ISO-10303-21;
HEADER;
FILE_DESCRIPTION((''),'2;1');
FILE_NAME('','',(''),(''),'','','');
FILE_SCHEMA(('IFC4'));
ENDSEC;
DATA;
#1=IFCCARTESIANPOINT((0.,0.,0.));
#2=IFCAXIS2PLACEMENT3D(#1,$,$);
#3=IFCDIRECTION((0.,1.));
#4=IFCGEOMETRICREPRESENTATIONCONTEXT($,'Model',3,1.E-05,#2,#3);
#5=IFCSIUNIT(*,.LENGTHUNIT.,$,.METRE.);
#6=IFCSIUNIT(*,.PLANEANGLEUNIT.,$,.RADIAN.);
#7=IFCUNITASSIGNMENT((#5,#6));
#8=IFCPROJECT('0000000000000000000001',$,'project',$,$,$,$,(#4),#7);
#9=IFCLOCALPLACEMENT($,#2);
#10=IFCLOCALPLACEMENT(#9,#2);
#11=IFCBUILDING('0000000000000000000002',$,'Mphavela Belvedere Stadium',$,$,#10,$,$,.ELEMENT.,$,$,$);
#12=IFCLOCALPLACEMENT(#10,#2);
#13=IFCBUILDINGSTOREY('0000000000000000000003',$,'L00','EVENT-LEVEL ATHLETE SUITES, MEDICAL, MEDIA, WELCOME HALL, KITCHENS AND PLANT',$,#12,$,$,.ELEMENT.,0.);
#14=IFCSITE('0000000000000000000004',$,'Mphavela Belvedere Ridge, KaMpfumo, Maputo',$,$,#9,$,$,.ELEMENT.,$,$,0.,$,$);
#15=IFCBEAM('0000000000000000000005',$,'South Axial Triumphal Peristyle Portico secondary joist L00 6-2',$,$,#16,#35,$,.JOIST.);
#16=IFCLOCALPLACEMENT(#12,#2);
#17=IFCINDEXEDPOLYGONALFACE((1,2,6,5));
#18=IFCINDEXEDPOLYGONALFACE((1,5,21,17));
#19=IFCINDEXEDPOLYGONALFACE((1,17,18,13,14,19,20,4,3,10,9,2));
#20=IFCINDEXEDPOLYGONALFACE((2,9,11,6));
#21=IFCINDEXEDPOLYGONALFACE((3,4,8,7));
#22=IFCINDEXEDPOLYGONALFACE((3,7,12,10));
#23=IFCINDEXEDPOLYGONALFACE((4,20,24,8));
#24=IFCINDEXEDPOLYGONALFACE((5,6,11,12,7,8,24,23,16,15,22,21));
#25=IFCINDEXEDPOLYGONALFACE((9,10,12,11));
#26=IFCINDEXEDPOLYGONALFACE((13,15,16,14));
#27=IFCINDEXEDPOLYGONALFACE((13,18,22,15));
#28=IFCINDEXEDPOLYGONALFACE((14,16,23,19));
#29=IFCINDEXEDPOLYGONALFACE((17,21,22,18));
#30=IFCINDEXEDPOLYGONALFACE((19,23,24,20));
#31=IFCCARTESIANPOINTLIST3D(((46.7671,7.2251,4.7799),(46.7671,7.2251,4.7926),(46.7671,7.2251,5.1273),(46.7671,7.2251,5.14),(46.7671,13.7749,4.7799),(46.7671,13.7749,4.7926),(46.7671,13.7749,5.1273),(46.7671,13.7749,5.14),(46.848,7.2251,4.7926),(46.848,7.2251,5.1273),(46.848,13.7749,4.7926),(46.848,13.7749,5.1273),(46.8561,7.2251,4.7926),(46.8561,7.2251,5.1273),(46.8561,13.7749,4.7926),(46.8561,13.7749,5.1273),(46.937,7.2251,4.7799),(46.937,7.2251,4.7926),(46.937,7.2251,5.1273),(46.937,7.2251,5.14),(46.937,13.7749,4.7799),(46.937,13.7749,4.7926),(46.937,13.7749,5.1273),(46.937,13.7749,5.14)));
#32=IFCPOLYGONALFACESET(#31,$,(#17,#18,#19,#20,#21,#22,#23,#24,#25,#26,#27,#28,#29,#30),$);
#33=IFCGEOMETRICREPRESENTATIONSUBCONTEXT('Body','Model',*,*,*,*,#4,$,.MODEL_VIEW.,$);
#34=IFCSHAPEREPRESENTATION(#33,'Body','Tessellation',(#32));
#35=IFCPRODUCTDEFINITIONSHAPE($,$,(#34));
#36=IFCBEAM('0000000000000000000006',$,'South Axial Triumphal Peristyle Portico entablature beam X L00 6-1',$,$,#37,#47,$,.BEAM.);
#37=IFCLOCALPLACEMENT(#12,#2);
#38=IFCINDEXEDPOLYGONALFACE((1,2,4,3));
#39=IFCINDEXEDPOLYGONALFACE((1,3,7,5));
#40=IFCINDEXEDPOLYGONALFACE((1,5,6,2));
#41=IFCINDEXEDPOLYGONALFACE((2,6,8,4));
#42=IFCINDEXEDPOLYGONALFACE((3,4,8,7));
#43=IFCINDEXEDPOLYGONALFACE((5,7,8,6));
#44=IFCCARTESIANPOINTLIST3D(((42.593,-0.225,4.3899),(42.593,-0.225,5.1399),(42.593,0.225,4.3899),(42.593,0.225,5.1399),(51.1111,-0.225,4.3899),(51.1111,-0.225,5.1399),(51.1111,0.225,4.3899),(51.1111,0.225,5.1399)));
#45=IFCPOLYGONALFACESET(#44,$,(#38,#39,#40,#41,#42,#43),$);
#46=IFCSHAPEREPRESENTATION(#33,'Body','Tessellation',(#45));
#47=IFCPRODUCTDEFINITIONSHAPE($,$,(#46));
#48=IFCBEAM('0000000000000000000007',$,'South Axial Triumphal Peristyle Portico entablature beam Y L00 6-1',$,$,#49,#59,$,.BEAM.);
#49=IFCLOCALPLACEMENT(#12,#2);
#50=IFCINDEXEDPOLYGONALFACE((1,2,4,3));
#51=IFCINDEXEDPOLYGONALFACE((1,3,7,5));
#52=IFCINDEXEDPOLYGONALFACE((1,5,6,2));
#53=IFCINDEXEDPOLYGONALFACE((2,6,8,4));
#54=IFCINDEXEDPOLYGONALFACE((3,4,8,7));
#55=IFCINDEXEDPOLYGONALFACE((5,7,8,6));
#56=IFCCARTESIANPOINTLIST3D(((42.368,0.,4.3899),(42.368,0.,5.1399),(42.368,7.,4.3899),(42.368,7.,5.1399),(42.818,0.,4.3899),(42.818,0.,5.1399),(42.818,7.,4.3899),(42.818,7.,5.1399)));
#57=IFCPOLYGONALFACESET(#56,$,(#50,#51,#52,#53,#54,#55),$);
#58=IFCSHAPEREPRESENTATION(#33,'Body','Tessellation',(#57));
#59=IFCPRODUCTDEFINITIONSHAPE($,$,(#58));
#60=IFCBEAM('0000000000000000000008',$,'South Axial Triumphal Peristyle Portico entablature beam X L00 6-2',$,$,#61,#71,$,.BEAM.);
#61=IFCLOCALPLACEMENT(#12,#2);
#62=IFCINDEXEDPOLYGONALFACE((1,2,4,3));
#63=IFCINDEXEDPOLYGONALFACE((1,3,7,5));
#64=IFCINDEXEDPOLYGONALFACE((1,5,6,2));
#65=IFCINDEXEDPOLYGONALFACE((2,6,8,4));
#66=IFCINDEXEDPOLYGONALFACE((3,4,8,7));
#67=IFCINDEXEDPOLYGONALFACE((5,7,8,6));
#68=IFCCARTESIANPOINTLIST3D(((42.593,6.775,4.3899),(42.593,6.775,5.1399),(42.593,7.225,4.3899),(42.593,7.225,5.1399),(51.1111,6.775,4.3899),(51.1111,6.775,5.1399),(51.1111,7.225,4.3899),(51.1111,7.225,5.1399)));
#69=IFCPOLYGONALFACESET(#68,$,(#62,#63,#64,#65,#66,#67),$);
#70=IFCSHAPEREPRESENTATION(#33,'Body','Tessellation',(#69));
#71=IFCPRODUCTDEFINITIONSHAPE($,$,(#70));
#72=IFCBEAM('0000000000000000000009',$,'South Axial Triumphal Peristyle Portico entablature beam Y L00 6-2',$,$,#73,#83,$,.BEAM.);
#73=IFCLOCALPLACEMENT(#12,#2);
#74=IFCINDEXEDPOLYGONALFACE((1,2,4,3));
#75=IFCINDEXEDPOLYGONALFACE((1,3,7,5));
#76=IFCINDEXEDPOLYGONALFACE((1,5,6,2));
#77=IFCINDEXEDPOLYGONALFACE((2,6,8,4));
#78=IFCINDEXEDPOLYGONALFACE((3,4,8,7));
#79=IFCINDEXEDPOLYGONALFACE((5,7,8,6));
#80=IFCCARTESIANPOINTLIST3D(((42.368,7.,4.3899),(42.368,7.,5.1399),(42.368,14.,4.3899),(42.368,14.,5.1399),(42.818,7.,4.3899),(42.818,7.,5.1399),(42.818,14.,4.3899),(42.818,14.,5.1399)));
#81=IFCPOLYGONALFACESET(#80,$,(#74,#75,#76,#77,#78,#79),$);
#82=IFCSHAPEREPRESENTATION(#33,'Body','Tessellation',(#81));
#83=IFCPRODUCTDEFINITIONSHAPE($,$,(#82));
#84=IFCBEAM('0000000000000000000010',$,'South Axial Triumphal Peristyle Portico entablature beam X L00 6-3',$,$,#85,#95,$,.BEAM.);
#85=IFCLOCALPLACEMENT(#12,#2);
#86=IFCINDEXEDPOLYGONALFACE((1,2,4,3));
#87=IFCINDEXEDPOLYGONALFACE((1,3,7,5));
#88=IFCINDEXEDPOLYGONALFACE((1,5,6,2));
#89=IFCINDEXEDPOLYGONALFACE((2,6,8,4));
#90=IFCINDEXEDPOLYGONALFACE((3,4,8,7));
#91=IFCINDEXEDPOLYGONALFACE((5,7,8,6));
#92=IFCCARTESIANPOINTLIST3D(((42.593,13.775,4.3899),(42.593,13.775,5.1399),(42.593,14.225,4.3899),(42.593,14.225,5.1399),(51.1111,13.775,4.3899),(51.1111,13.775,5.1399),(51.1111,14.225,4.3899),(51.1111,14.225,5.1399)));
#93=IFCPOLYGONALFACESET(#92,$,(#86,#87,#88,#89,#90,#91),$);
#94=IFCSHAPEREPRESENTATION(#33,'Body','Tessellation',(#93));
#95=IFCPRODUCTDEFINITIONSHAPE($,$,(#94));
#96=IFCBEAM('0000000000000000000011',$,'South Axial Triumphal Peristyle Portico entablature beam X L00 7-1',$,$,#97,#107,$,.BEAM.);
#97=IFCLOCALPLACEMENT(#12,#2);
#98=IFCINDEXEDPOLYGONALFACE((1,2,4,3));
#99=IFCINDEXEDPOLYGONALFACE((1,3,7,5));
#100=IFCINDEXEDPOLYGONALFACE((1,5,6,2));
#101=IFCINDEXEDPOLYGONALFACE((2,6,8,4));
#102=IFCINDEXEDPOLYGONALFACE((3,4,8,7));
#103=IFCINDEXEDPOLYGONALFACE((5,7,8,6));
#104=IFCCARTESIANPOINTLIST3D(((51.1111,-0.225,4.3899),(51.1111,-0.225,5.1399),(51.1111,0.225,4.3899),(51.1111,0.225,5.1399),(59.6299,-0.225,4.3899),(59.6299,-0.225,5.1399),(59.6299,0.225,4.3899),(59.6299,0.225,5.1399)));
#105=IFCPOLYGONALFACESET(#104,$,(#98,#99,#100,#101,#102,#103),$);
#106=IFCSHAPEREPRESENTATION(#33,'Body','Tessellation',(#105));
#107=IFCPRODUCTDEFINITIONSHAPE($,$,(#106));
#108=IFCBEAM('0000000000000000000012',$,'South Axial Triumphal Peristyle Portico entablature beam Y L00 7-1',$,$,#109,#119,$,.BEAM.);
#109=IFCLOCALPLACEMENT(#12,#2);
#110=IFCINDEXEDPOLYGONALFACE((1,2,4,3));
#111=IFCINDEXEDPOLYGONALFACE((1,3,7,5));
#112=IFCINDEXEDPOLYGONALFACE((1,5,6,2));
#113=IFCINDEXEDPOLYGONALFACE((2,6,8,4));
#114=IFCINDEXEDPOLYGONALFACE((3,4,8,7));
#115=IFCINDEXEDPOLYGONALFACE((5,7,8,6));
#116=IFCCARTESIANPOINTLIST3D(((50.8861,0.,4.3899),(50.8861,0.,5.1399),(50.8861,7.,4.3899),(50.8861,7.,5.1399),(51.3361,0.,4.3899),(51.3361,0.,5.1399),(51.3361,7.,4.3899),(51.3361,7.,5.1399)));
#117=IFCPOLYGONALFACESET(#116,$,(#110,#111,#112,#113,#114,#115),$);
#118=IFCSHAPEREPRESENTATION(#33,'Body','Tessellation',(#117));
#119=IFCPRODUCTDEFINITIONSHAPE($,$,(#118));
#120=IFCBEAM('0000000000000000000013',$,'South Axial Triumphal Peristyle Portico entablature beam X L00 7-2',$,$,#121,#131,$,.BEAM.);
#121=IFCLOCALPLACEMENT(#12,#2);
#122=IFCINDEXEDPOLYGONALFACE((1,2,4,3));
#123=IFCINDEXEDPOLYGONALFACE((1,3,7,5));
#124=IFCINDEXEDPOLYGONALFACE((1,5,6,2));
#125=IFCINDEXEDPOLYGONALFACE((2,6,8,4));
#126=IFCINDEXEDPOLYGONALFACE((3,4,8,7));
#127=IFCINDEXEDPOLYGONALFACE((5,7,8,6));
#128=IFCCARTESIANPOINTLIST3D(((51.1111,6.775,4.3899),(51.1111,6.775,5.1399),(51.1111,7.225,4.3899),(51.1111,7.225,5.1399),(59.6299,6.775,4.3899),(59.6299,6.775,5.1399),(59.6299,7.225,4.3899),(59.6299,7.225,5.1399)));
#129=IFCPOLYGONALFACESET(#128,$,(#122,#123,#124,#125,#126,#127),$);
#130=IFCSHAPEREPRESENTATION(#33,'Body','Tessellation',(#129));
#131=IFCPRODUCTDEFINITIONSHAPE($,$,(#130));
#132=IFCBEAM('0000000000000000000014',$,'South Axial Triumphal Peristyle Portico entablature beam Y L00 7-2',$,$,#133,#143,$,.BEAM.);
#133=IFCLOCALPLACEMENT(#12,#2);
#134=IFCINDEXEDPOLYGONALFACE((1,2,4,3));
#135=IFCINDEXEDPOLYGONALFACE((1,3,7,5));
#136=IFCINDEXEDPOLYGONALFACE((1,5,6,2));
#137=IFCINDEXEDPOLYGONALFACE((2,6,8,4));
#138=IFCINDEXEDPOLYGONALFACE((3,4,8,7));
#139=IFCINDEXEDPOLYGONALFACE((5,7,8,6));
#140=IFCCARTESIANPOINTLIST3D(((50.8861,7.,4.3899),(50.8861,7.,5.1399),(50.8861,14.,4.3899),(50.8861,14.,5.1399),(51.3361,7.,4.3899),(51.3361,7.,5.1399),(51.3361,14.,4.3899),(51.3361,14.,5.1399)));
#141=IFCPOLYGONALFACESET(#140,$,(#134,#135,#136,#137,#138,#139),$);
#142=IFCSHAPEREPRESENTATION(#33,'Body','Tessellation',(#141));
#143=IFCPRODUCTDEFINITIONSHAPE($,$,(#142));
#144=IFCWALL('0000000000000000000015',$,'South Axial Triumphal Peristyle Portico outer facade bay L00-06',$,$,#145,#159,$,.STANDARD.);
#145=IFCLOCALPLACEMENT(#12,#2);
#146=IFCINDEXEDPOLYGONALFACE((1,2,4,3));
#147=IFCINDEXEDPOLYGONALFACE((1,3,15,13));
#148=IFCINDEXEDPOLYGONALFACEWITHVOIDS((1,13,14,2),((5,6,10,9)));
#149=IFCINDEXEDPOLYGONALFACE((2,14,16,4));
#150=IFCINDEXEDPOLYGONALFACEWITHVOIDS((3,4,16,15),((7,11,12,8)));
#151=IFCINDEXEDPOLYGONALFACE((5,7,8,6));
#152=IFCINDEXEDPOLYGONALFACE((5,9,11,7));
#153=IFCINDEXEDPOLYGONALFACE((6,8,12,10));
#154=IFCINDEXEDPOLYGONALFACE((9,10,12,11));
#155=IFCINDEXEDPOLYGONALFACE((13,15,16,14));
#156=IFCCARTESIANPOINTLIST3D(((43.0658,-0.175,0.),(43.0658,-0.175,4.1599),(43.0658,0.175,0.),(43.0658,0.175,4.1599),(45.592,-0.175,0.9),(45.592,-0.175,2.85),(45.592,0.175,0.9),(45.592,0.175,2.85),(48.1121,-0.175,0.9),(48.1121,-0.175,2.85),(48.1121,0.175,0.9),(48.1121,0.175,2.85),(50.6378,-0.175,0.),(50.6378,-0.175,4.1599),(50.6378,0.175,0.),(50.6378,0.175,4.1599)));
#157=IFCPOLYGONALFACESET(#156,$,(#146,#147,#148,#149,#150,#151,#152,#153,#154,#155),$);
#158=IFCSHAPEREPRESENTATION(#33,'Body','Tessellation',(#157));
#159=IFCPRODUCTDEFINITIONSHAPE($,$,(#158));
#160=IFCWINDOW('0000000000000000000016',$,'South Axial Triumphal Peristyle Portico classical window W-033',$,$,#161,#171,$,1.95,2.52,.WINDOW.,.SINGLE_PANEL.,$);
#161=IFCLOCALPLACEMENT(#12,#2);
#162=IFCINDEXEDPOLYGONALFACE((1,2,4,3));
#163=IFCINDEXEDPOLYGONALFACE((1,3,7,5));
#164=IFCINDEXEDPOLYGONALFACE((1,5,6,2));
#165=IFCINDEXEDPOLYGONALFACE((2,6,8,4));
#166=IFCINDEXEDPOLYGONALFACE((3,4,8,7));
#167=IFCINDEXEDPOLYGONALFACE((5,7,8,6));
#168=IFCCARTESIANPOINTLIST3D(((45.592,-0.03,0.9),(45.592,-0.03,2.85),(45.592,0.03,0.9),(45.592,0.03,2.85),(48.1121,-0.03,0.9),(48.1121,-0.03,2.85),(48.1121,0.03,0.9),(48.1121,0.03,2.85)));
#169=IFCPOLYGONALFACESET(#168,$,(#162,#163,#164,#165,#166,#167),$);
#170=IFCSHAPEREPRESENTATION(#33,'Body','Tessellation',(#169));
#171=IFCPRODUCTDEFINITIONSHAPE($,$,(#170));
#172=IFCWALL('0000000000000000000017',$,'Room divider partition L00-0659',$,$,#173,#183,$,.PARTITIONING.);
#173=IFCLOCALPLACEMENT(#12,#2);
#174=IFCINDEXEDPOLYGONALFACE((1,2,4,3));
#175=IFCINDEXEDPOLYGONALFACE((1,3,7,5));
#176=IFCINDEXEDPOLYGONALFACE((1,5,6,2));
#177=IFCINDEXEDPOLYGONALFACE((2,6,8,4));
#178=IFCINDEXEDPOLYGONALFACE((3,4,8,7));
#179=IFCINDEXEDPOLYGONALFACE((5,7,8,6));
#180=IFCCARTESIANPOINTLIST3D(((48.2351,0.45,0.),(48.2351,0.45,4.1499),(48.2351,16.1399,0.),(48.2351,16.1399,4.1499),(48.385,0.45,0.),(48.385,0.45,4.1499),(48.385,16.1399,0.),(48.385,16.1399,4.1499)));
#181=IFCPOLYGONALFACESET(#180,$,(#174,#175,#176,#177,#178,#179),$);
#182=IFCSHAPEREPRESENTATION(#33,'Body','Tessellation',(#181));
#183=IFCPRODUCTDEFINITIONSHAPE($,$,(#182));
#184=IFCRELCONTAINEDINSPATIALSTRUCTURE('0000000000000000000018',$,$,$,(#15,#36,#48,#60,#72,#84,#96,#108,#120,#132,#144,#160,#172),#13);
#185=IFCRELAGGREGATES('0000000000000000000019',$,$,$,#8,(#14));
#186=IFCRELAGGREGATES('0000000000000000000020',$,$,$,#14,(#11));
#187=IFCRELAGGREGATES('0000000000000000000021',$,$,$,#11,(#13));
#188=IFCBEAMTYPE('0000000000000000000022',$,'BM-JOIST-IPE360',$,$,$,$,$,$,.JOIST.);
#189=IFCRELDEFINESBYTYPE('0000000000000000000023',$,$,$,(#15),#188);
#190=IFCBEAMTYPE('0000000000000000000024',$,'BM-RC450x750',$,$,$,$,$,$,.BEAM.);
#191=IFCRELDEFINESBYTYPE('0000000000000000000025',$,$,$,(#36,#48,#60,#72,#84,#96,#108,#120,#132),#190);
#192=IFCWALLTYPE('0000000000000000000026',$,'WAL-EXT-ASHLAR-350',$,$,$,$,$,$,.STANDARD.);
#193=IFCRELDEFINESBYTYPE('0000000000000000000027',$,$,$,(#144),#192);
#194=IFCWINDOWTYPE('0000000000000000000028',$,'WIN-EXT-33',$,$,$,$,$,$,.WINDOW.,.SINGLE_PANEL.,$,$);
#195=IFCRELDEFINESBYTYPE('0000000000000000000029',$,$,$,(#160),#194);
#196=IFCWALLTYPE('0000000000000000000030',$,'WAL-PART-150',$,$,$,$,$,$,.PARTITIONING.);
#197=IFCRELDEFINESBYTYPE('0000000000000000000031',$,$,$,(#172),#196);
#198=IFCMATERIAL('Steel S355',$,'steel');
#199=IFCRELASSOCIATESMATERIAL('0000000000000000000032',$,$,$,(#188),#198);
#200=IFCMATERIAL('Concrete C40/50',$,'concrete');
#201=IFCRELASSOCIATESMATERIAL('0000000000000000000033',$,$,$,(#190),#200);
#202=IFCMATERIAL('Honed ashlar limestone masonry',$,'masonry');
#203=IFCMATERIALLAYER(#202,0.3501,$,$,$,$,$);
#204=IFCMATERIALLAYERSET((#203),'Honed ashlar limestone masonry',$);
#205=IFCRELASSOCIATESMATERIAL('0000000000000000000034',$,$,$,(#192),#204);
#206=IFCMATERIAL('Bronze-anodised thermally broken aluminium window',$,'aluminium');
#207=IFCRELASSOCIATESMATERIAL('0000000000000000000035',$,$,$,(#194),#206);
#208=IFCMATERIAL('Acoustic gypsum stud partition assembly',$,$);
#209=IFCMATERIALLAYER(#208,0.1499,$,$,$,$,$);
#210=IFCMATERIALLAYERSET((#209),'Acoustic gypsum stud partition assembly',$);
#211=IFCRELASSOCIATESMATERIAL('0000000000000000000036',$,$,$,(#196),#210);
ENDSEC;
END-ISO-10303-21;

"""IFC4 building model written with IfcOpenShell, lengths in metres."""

from ifc_helpers import new_model, si_unit, direction, frame, frame_2d, origin, origin_2d, place, context, subcontext, project, spatial, rectangle, i_section, extrude, material, layer, layer_set, material_profile, profile_set, type_object, element, fill, save


model = new_model("IFC4")

# Units and contexts
model_context = context("Model", 3, precision=1e-05, world=origin(), true_north=direction((0.0, 1.0)))
body_context = subcontext(model_context, "Body", "Model", "MODEL_VIEW")
ifc_project = project(units=[si_unit("LENGTHUNIT", "METRE"), si_unit("PLANEANGLEUNIT", "RADIAN")], contexts=[model_context])

# Site, building, storey
site_placement = place(None, origin())
site = spatial("IfcSite", under=ifc_project, at=site_placement, Name="Mphavela Belvedere Ridge, KaMpfumo, Maputo", CompositionType="ELEMENT", RefElevation=0.0)
building_placement = place(site_placement, origin())
building = spatial("IfcBuilding", under=site, at=building_placement, Name="Mphavela Belvedere Stadium", CompositionType="ELEMENT")
storey_placement = place(building_placement, origin())
storey = spatial("IfcBuildingStorey", under=building, at=storey_placement, Name="L00", Description="EVENT-LEVEL ATHLETE SUITES, MEDICAL, MEDIA, WELCOME HALL, KITCHENS AND PLANT", CompositionType="ELEMENT", Elevation=0.0)

# Beams
ifc_material_1 = material(Name="Steel S355", Category="steel")
ifc_material_profile_1 = material_profile(ifc_material_1, i_section(OverallWidth=0.1699, OverallDepth=0.3601, WebThickness=0.0081, FlangeThickness=0.0127, at=origin_2d()), Name="IPE 360")
ifc_profile_set_1 = profile_set([ifc_material_profile_1], Name="Steel S355")
beam_type_1 = type_object("IfcBeamType", Name="BM-JOIST-IPE360", PredefinedType="JOIST", material=ifc_profile_set_1)
for number, where, z_axis, x_axis, name in (
    (1, (46.8521, 7.2251, 4.96), (0.0, 1.0, 0.0), (-1.0, 0.0, 0.0), "South Axial Triumphal Peristyle Portico secondary joist L00 6-2"),
):
    element("IfcBeam", number, at=place(storey_placement, frame(where, z_axis=z_axis, x_axis=x_axis)), inside=storey, type_object=beam_type_1, Name=name, PredefinedType="JOIST", context=body_context, shape_type="SweptSolid", body=[
        extrude(i_section(OverallWidth=0.1699, OverallDepth=0.3601, WebThickness=0.0081, FlangeThickness=0.0127, at=origin_2d()), origin(), (0.0, 0.0, 1.0), 6.5498),
    ])
ifc_material_2 = material(Name="Concrete C40/50", Category="concrete")
ifc_material_profile_2 = material_profile(ifc_material_2, rectangle(XDim=0.45, YDim=0.75, at=origin_2d()), Name="RC 450x750")
ifc_profile_set_2 = profile_set([ifc_material_profile_2], Name="Concrete C40/50")
beam_type_2 = type_object("IfcBeamType", Name="BM-RC450x750", PredefinedType="BEAM", material=ifc_profile_set_2)
beam_1_placement = place(storey_placement, frame((42.593, 0.0, 4.7649), z_axis=(1.0, 0.0, 0.0), x_axis=(0.0, 1.0, 0.0)))
element("IfcBeam", 2, at=beam_1_placement, inside=storey, type_object=beam_type_2, Name="South Axial Triumphal Peristyle Portico entablature beam X L00 6-1", PredefinedType="BEAM", context=body_context, shape_type="SweptSolid", body=[
    extrude(rectangle(XDim=0.45, YDim=0.75, at=origin_2d()), origin(), (0.0, 0.0, 1.0), 8.5181),
])
beam_2_placement = place(storey_placement, frame((42.593, 0.0, 4.7649), z_axis=(0.0, 1.0, 0.0), x_axis=(-1.0, 0.0, 0.0)))
element("IfcBeam", 3, at=beam_2_placement, inside=storey, type_object=beam_type_2, Name="South Axial Triumphal Peristyle Portico entablature beam Y L00 6-1", PredefinedType="BEAM", context=body_context, shape_type="SweptSolid", body=[
    extrude(rectangle(XDim=0.45, YDim=0.75, at=origin_2d()), origin(), (0.0, 0.0, 1.0), 7.0),
])
beam_3_placement = place(storey_placement, frame((42.593, 7.0, 4.7649), z_axis=(1.0, 0.0, 0.0), x_axis=(0.0, 1.0, 0.0)))
element("IfcBeam", 4, at=beam_3_placement, inside=storey, type_object=beam_type_2, Name="South Axial Triumphal Peristyle Portico entablature beam X L00 6-2", PredefinedType="BEAM", context=body_context, shape_type="SweptSolid", body=[
    extrude(rectangle(XDim=0.45, YDim=0.75, at=origin_2d()), origin(), (0.0, 0.0, 1.0), 8.5181),
])
beam_4_placement = place(storey_placement, frame((42.593, 7.0, 4.7649), z_axis=(0.0, 1.0, 0.0), x_axis=(-1.0, 0.0, 0.0)))
element("IfcBeam", 5, at=beam_4_placement, inside=storey, type_object=beam_type_2, Name="South Axial Triumphal Peristyle Portico entablature beam Y L00 6-2", PredefinedType="BEAM", context=body_context, shape_type="SweptSolid", body=[
    extrude(rectangle(XDim=0.45, YDim=0.75, at=origin_2d()), origin(), (0.0, 0.0, 1.0), 7.0),
])
beam_5_placement = place(storey_placement, frame((42.593, 14.0, 4.7649), z_axis=(1.0, 0.0, 0.0), x_axis=(0.0, 1.0, 0.0)))
element("IfcBeam", 6, at=beam_5_placement, inside=storey, type_object=beam_type_2, Name="South Axial Triumphal Peristyle Portico entablature beam X L00 6-3", PredefinedType="BEAM", context=body_context, shape_type="SweptSolid", body=[
    extrude(rectangle(XDim=0.45, YDim=0.75, at=origin_2d()), origin(), (0.0, 0.0, 1.0), 8.5181),
])
beam_6_placement = place(storey_placement, frame((51.1111, 0.0, 4.7649), z_axis=(1.0, 0.0, 0.0), x_axis=(0.0, 1.0, 0.0)))
element("IfcBeam", 7, at=beam_6_placement, inside=storey, type_object=beam_type_2, Name="South Axial Triumphal Peristyle Portico entablature beam X L00 7-1", PredefinedType="BEAM", context=body_context, shape_type="SweptSolid", body=[
    extrude(rectangle(XDim=0.45, YDim=0.75, at=origin_2d()), origin(), (0.0, 0.0, 1.0), 8.5188),
])
beam_7_placement = place(storey_placement, frame((51.1111, 0.0, 4.7649), z_axis=(0.0, 1.0, 0.0), x_axis=(-1.0, 0.0, 0.0)))
element("IfcBeam", 8, at=beam_7_placement, inside=storey, type_object=beam_type_2, Name="South Axial Triumphal Peristyle Portico entablature beam Y L00 7-1", PredefinedType="BEAM", context=body_context, shape_type="SweptSolid", body=[
    extrude(rectangle(XDim=0.45, YDim=0.75, at=origin_2d()), origin(), (0.0, 0.0, 1.0), 7.0),
])
beam_8_placement = place(storey_placement, frame((51.1111, 7.0, 4.7649), z_axis=(1.0, 0.0, 0.0), x_axis=(0.0, 1.0, 0.0)))
element("IfcBeam", 9, at=beam_8_placement, inside=storey, type_object=beam_type_2, Name="South Axial Triumphal Peristyle Portico entablature beam X L00 7-2", PredefinedType="BEAM", context=body_context, shape_type="SweptSolid", body=[
    extrude(rectangle(XDim=0.45, YDim=0.75, at=origin_2d()), origin(), (0.0, 0.0, 1.0), 8.5188),
])
beam_9_placement = place(storey_placement, frame((51.1111, 7.0, 4.7649), z_axis=(0.0, 1.0, 0.0), x_axis=(-1.0, 0.0, 0.0)))
element("IfcBeam", 10, at=beam_9_placement, inside=storey, type_object=beam_type_2, Name="South Axial Triumphal Peristyle Portico entablature beam Y L00 7-2", PredefinedType="BEAM", context=body_context, shape_type="SweptSolid", body=[
    extrude(rectangle(XDim=0.45, YDim=0.75, at=origin_2d()), origin(), (0.0, 0.0, 1.0), 7.0),
])

# Shared definitions
ifc_material_3 = material(Name="Honed ashlar limestone masonry", Category="masonry")
ifc_layer_1 = layer(ifc_material_3, 0.3501)
ifc_layer_set_1 = layer_set([ifc_layer_1], Name="Honed ashlar limestone masonry")
wall_type_1 = type_object("IfcWallType", Name="WAL-EXT-ASHLAR-350", PredefinedType="STANDARD", material=ifc_layer_set_1)

# Wall, opening, window
wall_1_placement = place(storey_placement, frame((50.6379, 0.0, 0.0), z_axis=(0.0, 0.0, 1.0), x_axis=(-1.0, 0.0, 0.0)))
wall_1 = element("IfcWall", 11, at=wall_1_placement, inside=storey, type_object=wall_type_1, Name="South Axial Triumphal Peristyle Portico outer facade bay L00-06", PredefinedType="STANDARD", context=body_context, shape_type="SweptSolid", body=[
    extrude(rectangle(XDim=7.572, YDim=0.3501, at=frame_2d((3.7861, 0.0))), origin(), (0.0, 0.0, 1.0), 4.1599),
])
opening_1_placement = place(wall_1_placement, frame((2.5259, 0.0, 0.8999)))
opening_1 = element("IfcOpeningElement", 12, at=opening_1_placement, cuts=wall_1, PredefinedType="OPENING", context=body_context, shape_type="SweptSolid", body=[
    extrude(rectangle(XDim=2.52, YDim=1.95, at=frame_2d((1.26, 0.9751))), frame((0.0, 0.1851, 0.0), z_axis=(0.0, -1.0, 0.0), x_axis=(1.0, 0.0, 0.0)), (0.0, 0.0, 1.0), 0.3701),
])
ifc_material_4 = material(Name="Bronze-anodised thermally broken aluminium window", Category="aluminium")
window_type = type_object("IfcWindowType", Name="WIN-EXT-33", PartitioningType="SINGLE_PANEL", PredefinedType="WINDOW", material=ifc_material_4)
window_placement = place(opening_1_placement, origin())
window = element("IfcWindow", 13, at=window_placement, inside=storey, type_object=window_type, Name="South Axial Triumphal Peristyle Portico classical window W-033", OverallHeight=1.95, OverallWidth=2.52, PartitioningType="SINGLE_PANEL", PredefinedType="WINDOW", context=body_context, shape_type="SweptSolid", body=[
    extrude(rectangle(XDim=2.52, YDim=1.95, at=frame_2d((1.26, 0.9751))), frame((0.0, 0.03, 0.0), z_axis=(0.0, -1.0, 0.0), x_axis=(1.0, 0.0, 0.0)), (0.0, 0.0, 1.0), 0.0601),
])
fill(opening_1, window)

# Wall
ifc_material_5 = material(Name="Acoustic gypsum stud partition assembly")
ifc_layer_2 = layer(ifc_material_5, 0.1499)
ifc_layer_set_2 = layer_set([ifc_layer_2], Name="Acoustic gypsum stud partition assembly")
wall_type_2 = type_object("IfcWallType", Name="WAL-PART-150", PredefinedType="PARTITIONING", material=ifc_layer_set_2)
wall_2_placement = place(storey_placement, frame((48.3101, 0.45, 0.0), z_axis=(0.0, 0.0, 1.0), x_axis=(0.0, 1.0, 0.0)))
element("IfcWall", 14, at=wall_2_placement, inside=storey, type_object=wall_type_2, Name="Room divider partition L00-0659", PredefinedType="PARTITIONING", context=body_context, shape_type="SweptSolid", body=[
    extrude(rectangle(XDim=15.6899, YDim=0.1499, at=frame_2d((7.845, 0.0))), origin(), (0.0, 0.0, 1.0), 4.1499),
])

save(model, "model.ifc")
